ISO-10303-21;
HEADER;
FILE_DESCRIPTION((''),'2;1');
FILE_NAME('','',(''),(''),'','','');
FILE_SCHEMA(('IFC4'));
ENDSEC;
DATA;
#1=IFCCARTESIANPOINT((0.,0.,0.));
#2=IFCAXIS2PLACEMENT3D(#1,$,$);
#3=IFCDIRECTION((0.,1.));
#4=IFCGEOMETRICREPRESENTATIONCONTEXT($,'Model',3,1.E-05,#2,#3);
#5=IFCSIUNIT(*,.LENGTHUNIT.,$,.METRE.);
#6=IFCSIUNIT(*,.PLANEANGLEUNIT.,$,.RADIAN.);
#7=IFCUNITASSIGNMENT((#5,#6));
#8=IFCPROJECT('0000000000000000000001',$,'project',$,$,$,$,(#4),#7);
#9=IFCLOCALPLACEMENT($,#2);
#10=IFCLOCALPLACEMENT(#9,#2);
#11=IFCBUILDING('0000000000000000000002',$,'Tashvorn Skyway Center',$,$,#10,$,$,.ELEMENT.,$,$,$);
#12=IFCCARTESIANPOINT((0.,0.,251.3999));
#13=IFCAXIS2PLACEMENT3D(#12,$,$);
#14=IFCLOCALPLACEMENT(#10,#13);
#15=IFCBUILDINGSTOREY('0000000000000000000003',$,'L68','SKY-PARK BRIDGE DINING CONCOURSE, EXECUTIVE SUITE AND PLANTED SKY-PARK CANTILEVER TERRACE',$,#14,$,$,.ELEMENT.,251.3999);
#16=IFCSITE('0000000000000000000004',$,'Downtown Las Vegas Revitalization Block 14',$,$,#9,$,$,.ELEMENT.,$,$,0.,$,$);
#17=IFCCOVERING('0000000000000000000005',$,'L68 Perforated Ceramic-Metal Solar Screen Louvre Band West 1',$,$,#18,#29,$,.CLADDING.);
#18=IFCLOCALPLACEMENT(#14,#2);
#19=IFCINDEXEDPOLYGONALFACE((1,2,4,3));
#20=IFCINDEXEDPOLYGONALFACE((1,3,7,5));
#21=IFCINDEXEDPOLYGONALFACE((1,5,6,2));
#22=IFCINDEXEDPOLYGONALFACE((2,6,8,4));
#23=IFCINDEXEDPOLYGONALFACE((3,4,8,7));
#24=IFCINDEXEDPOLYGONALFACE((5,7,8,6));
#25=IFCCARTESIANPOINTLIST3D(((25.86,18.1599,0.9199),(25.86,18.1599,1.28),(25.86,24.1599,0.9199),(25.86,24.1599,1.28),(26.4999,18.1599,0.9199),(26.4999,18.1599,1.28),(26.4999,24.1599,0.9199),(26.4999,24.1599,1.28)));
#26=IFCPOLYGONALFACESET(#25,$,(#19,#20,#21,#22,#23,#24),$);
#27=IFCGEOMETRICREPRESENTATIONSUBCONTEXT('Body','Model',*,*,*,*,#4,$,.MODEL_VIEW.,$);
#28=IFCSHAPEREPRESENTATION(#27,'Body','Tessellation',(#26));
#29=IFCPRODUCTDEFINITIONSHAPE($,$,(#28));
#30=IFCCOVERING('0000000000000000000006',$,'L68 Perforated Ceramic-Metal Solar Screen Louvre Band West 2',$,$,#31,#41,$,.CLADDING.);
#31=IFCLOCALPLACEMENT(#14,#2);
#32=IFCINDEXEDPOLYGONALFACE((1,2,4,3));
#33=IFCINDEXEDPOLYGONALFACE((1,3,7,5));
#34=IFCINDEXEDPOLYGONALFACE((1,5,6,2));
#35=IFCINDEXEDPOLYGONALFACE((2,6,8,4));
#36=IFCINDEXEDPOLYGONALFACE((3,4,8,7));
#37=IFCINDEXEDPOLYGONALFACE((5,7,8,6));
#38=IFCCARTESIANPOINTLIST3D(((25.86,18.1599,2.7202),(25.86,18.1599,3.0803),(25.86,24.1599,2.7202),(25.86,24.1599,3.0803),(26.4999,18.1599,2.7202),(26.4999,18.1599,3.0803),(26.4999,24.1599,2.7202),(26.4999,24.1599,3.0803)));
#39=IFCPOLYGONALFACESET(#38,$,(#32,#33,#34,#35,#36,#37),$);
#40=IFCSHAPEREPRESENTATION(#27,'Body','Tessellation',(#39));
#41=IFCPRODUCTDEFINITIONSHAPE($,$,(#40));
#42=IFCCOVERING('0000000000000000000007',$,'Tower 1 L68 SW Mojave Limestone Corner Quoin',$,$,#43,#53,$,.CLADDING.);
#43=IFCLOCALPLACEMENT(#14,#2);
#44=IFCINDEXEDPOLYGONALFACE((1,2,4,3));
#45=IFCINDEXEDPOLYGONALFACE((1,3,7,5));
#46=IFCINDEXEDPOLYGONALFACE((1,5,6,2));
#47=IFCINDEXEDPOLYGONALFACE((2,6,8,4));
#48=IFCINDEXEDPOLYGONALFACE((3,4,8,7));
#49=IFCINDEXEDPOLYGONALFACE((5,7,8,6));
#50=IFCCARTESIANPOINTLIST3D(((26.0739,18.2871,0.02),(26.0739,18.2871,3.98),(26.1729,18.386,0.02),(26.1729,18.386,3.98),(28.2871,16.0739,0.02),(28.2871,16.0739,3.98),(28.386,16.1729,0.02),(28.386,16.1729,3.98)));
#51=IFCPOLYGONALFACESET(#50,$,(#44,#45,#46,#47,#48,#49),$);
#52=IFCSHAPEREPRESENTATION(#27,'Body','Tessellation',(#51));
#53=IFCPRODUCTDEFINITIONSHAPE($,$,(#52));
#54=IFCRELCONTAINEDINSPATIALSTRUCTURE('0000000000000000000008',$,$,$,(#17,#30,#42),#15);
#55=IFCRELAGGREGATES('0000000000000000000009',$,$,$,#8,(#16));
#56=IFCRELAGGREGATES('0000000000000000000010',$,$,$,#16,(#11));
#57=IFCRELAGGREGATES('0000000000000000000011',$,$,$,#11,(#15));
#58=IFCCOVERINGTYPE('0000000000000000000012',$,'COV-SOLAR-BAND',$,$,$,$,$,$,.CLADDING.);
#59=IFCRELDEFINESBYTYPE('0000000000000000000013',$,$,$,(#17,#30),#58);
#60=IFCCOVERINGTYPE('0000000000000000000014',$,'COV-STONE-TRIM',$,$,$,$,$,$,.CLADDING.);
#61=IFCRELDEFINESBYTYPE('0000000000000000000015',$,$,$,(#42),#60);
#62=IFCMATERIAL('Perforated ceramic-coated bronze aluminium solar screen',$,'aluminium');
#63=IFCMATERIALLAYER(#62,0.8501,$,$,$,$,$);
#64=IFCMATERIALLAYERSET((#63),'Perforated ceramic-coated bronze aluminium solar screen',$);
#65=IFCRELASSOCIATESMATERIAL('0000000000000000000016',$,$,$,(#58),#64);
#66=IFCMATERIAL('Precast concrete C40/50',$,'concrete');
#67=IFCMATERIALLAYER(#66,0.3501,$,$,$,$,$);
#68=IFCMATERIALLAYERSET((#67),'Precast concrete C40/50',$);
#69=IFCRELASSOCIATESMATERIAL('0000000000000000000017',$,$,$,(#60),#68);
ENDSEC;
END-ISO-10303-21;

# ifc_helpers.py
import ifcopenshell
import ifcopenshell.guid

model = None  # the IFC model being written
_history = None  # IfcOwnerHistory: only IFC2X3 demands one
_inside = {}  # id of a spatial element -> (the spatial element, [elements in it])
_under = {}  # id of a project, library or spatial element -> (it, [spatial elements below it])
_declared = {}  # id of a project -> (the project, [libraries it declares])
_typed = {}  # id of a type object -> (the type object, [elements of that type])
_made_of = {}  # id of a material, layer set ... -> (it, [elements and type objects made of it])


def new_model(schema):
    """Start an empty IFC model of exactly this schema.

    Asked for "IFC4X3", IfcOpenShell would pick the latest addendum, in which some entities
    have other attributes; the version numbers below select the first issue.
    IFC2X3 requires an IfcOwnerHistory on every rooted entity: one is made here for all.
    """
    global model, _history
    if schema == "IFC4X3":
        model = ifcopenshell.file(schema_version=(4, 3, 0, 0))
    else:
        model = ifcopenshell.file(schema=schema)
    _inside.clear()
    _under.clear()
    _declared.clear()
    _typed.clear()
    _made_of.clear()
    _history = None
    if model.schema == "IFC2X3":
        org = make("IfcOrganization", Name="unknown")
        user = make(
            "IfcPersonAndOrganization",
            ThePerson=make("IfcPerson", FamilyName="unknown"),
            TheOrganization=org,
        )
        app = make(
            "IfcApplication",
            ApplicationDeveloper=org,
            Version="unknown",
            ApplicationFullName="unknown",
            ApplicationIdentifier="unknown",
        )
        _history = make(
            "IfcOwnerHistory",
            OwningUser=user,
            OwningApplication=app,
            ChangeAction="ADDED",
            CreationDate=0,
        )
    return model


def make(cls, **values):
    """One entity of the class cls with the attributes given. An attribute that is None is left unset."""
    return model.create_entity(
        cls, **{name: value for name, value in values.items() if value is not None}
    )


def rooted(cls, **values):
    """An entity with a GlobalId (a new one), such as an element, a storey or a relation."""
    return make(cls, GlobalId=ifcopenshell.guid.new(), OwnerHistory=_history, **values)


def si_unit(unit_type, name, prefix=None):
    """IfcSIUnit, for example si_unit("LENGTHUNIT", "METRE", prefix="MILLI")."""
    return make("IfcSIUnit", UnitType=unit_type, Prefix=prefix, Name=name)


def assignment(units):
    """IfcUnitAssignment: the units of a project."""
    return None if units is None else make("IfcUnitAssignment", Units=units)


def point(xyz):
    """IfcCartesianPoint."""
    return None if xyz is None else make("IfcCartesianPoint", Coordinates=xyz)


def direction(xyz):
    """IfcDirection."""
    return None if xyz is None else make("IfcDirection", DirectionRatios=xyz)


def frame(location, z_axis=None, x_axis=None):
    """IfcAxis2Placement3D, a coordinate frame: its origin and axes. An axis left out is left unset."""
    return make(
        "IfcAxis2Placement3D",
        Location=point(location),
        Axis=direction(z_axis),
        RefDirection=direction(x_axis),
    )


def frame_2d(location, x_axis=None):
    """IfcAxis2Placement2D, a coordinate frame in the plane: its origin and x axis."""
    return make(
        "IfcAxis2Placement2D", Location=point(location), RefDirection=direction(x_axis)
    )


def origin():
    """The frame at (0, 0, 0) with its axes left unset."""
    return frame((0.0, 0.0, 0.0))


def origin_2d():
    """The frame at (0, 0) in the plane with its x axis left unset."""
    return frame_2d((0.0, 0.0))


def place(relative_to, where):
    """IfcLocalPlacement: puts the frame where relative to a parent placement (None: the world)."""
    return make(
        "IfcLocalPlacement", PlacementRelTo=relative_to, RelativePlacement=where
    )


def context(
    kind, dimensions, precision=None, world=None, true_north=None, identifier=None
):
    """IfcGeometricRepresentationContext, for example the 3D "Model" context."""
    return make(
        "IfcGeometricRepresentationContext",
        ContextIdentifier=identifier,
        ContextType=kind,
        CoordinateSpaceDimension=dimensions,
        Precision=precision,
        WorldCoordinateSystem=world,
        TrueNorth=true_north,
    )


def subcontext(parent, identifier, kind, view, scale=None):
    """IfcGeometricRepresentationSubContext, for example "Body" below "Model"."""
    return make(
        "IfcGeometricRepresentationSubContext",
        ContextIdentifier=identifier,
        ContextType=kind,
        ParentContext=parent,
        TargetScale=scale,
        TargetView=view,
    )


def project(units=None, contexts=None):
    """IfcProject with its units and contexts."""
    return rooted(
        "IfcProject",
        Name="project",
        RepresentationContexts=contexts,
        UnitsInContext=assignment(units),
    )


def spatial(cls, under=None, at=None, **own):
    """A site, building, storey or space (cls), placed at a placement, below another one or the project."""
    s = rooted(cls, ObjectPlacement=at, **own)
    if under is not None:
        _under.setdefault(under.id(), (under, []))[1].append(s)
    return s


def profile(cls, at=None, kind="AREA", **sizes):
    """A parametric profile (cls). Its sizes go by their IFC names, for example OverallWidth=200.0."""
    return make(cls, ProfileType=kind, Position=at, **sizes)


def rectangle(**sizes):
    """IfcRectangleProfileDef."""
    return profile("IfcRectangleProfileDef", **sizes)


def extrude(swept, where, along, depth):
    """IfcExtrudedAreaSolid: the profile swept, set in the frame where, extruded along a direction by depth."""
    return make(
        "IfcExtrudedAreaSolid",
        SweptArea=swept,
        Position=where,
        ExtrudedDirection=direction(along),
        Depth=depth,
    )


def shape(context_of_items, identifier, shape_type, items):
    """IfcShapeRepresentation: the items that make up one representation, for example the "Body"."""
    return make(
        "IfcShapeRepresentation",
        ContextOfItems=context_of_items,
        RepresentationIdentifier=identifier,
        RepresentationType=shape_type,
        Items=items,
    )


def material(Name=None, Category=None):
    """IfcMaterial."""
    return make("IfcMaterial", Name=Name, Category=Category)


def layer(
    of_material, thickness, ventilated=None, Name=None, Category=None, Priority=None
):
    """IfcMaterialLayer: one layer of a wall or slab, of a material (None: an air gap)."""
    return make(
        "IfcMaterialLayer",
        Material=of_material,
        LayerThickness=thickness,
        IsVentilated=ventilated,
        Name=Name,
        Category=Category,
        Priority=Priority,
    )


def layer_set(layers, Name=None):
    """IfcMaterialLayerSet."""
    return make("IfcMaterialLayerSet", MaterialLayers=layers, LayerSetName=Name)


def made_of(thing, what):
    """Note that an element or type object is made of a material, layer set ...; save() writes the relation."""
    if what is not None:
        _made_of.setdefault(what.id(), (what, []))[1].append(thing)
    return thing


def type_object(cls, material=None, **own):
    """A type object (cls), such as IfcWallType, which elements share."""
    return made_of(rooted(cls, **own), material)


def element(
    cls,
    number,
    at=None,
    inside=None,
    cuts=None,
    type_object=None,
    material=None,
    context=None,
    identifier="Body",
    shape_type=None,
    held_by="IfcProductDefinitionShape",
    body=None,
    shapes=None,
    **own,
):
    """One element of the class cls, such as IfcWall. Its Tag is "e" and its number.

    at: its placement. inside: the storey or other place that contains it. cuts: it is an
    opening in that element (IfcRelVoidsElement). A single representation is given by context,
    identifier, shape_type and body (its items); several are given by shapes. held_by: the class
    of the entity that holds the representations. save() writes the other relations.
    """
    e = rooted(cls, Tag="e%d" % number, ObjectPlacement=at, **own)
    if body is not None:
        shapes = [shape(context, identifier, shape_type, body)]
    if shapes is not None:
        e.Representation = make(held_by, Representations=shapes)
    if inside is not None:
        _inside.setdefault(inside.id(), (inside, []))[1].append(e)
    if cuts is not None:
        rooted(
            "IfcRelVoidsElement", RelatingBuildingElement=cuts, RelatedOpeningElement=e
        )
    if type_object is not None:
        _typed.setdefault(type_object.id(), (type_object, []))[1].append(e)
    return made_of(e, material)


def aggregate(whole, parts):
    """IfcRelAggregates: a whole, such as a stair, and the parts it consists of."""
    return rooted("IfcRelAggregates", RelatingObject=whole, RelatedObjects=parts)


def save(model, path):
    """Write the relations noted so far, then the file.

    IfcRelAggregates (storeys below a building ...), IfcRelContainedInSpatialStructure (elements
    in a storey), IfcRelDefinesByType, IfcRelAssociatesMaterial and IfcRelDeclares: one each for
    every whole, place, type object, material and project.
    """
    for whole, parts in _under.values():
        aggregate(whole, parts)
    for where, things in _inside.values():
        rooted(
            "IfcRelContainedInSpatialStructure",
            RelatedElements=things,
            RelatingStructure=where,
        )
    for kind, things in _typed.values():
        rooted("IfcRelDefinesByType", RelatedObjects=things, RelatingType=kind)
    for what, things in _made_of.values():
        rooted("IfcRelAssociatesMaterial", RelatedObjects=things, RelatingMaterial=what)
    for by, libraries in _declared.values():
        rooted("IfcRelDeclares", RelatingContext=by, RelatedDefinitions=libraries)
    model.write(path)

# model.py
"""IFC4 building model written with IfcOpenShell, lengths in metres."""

from ifc_helpers import new_model, si_unit, direction, frame, origin, origin_2d, place, context, subcontext, project, spatial, rectangle, extrude, material, layer, layer_set, type_object, element, save


model = new_model("IFC4")

# Units and contexts
model_context = context("Model", 3, precision=1e-05, world=origin(), true_north=direction((0.0, 1.0)))
body_context = subcontext(model_context, "Body", "Model", "MODEL_VIEW")
ifc_project = project(units=[si_unit("LENGTHUNIT", "METRE"), si_unit("PLANEANGLEUNIT", "RADIAN")], contexts=[model_context])

# Site, building, storey
site_placement = place(None, origin())
site = spatial("IfcSite", under=ifc_project, at=site_placement, Name="Downtown Las Vegas Revitalization Block 14", CompositionType="ELEMENT", RefElevation=0.0)
building_placement = place(site_placement, origin())
building = spatial("IfcBuilding", under=site, at=building_placement, Name="Tashvorn Skyway Center", CompositionType="ELEMENT")
storey_placement = place(building_placement, frame((0.0, 0.0, 251.3999)))
storey = spatial("IfcBuildingStorey", under=building, at=storey_placement, Name="L68", Description="SKY-PARK BRIDGE DINING CONCOURSE, EXECUTIVE SUITE AND PLANTED SKY-PARK CANTILEVER TERRACE", CompositionType="ELEMENT", Elevation=251.3999)

# Shared definitions
ifc_material_1 = material(Name="Precast concrete C40/50", Category="concrete")

# Coverings
ifc_material_2 = material(Name="Perforated ceramic-coated bronze aluminium solar screen", Category="aluminium")
ifc_layer_1 = layer(ifc_material_2, 0.8501)
ifc_layer_set_1 = layer_set([ifc_layer_1], Name="Perforated ceramic-coated bronze aluminium solar screen")
covering_type_1 = type_object("IfcCoveringType", Name="COV-SOLAR-BAND", PredefinedType="CLADDING", material=ifc_layer_set_1)
for number, where, z_axis, x_axis, name in (
    (1, (26.1799, 21.1599, 0.9199), (0.0, 0.0, 1.0), (0.0, 1.0, 0.0), "L68 Perforated Ceramic-Metal Solar Screen Louvre Band West 1"),
    (2, (26.1799, 21.1599, 2.7202), (0.0, 0.0, 1.0), (0.0, 1.0, 0.0), "L68 Perforated Ceramic-Metal Solar Screen Louvre Band West 2"),
):
    element("IfcCovering", number, at=place(storey_placement, frame(where, z_axis=z_axis, x_axis=x_axis)), inside=storey, type_object=covering_type_1, Name=name, PredefinedType="CLADDING", context=body_context, shape_type="SweptSolid", body=[
        extrude(rectangle(XDim=6.0, YDim=0.6399, at=origin_2d()), origin(), (0.0, 0.0, 1.0), 0.3601),
    ])
ifc_layer_2 = layer(ifc_material_1, 0.3501)
ifc_layer_set_2 = layer_set([ifc_layer_2], Name="Precast concrete C40/50")
covering_type_2 = type_object("IfcCoveringType", Name="COV-STONE-TRIM", PredefinedType="CLADDING", material=ifc_layer_set_2)
covering_1_placement = place(storey_placement, frame((27.23, 17.23, 0.02), z_axis=(0.0, 0.0, 1.0), x_axis=(-0.707107, 0.707107, 0.0)))
element("IfcCovering", 3, at=covering_1_placement, inside=storey, type_object=covering_type_2, Name="Tower 1 L68 SW Mojave Limestone Corner Quoin", PredefinedType="CLADDING", context=body_context, shape_type="SweptSolid", body=[
    extrude(rectangle(XDim=3.1299, YDim=0.1399, at=origin_2d()), origin(), (0.0, 0.0, 1.0), 3.96),
])

save(model, "model.ifc")
